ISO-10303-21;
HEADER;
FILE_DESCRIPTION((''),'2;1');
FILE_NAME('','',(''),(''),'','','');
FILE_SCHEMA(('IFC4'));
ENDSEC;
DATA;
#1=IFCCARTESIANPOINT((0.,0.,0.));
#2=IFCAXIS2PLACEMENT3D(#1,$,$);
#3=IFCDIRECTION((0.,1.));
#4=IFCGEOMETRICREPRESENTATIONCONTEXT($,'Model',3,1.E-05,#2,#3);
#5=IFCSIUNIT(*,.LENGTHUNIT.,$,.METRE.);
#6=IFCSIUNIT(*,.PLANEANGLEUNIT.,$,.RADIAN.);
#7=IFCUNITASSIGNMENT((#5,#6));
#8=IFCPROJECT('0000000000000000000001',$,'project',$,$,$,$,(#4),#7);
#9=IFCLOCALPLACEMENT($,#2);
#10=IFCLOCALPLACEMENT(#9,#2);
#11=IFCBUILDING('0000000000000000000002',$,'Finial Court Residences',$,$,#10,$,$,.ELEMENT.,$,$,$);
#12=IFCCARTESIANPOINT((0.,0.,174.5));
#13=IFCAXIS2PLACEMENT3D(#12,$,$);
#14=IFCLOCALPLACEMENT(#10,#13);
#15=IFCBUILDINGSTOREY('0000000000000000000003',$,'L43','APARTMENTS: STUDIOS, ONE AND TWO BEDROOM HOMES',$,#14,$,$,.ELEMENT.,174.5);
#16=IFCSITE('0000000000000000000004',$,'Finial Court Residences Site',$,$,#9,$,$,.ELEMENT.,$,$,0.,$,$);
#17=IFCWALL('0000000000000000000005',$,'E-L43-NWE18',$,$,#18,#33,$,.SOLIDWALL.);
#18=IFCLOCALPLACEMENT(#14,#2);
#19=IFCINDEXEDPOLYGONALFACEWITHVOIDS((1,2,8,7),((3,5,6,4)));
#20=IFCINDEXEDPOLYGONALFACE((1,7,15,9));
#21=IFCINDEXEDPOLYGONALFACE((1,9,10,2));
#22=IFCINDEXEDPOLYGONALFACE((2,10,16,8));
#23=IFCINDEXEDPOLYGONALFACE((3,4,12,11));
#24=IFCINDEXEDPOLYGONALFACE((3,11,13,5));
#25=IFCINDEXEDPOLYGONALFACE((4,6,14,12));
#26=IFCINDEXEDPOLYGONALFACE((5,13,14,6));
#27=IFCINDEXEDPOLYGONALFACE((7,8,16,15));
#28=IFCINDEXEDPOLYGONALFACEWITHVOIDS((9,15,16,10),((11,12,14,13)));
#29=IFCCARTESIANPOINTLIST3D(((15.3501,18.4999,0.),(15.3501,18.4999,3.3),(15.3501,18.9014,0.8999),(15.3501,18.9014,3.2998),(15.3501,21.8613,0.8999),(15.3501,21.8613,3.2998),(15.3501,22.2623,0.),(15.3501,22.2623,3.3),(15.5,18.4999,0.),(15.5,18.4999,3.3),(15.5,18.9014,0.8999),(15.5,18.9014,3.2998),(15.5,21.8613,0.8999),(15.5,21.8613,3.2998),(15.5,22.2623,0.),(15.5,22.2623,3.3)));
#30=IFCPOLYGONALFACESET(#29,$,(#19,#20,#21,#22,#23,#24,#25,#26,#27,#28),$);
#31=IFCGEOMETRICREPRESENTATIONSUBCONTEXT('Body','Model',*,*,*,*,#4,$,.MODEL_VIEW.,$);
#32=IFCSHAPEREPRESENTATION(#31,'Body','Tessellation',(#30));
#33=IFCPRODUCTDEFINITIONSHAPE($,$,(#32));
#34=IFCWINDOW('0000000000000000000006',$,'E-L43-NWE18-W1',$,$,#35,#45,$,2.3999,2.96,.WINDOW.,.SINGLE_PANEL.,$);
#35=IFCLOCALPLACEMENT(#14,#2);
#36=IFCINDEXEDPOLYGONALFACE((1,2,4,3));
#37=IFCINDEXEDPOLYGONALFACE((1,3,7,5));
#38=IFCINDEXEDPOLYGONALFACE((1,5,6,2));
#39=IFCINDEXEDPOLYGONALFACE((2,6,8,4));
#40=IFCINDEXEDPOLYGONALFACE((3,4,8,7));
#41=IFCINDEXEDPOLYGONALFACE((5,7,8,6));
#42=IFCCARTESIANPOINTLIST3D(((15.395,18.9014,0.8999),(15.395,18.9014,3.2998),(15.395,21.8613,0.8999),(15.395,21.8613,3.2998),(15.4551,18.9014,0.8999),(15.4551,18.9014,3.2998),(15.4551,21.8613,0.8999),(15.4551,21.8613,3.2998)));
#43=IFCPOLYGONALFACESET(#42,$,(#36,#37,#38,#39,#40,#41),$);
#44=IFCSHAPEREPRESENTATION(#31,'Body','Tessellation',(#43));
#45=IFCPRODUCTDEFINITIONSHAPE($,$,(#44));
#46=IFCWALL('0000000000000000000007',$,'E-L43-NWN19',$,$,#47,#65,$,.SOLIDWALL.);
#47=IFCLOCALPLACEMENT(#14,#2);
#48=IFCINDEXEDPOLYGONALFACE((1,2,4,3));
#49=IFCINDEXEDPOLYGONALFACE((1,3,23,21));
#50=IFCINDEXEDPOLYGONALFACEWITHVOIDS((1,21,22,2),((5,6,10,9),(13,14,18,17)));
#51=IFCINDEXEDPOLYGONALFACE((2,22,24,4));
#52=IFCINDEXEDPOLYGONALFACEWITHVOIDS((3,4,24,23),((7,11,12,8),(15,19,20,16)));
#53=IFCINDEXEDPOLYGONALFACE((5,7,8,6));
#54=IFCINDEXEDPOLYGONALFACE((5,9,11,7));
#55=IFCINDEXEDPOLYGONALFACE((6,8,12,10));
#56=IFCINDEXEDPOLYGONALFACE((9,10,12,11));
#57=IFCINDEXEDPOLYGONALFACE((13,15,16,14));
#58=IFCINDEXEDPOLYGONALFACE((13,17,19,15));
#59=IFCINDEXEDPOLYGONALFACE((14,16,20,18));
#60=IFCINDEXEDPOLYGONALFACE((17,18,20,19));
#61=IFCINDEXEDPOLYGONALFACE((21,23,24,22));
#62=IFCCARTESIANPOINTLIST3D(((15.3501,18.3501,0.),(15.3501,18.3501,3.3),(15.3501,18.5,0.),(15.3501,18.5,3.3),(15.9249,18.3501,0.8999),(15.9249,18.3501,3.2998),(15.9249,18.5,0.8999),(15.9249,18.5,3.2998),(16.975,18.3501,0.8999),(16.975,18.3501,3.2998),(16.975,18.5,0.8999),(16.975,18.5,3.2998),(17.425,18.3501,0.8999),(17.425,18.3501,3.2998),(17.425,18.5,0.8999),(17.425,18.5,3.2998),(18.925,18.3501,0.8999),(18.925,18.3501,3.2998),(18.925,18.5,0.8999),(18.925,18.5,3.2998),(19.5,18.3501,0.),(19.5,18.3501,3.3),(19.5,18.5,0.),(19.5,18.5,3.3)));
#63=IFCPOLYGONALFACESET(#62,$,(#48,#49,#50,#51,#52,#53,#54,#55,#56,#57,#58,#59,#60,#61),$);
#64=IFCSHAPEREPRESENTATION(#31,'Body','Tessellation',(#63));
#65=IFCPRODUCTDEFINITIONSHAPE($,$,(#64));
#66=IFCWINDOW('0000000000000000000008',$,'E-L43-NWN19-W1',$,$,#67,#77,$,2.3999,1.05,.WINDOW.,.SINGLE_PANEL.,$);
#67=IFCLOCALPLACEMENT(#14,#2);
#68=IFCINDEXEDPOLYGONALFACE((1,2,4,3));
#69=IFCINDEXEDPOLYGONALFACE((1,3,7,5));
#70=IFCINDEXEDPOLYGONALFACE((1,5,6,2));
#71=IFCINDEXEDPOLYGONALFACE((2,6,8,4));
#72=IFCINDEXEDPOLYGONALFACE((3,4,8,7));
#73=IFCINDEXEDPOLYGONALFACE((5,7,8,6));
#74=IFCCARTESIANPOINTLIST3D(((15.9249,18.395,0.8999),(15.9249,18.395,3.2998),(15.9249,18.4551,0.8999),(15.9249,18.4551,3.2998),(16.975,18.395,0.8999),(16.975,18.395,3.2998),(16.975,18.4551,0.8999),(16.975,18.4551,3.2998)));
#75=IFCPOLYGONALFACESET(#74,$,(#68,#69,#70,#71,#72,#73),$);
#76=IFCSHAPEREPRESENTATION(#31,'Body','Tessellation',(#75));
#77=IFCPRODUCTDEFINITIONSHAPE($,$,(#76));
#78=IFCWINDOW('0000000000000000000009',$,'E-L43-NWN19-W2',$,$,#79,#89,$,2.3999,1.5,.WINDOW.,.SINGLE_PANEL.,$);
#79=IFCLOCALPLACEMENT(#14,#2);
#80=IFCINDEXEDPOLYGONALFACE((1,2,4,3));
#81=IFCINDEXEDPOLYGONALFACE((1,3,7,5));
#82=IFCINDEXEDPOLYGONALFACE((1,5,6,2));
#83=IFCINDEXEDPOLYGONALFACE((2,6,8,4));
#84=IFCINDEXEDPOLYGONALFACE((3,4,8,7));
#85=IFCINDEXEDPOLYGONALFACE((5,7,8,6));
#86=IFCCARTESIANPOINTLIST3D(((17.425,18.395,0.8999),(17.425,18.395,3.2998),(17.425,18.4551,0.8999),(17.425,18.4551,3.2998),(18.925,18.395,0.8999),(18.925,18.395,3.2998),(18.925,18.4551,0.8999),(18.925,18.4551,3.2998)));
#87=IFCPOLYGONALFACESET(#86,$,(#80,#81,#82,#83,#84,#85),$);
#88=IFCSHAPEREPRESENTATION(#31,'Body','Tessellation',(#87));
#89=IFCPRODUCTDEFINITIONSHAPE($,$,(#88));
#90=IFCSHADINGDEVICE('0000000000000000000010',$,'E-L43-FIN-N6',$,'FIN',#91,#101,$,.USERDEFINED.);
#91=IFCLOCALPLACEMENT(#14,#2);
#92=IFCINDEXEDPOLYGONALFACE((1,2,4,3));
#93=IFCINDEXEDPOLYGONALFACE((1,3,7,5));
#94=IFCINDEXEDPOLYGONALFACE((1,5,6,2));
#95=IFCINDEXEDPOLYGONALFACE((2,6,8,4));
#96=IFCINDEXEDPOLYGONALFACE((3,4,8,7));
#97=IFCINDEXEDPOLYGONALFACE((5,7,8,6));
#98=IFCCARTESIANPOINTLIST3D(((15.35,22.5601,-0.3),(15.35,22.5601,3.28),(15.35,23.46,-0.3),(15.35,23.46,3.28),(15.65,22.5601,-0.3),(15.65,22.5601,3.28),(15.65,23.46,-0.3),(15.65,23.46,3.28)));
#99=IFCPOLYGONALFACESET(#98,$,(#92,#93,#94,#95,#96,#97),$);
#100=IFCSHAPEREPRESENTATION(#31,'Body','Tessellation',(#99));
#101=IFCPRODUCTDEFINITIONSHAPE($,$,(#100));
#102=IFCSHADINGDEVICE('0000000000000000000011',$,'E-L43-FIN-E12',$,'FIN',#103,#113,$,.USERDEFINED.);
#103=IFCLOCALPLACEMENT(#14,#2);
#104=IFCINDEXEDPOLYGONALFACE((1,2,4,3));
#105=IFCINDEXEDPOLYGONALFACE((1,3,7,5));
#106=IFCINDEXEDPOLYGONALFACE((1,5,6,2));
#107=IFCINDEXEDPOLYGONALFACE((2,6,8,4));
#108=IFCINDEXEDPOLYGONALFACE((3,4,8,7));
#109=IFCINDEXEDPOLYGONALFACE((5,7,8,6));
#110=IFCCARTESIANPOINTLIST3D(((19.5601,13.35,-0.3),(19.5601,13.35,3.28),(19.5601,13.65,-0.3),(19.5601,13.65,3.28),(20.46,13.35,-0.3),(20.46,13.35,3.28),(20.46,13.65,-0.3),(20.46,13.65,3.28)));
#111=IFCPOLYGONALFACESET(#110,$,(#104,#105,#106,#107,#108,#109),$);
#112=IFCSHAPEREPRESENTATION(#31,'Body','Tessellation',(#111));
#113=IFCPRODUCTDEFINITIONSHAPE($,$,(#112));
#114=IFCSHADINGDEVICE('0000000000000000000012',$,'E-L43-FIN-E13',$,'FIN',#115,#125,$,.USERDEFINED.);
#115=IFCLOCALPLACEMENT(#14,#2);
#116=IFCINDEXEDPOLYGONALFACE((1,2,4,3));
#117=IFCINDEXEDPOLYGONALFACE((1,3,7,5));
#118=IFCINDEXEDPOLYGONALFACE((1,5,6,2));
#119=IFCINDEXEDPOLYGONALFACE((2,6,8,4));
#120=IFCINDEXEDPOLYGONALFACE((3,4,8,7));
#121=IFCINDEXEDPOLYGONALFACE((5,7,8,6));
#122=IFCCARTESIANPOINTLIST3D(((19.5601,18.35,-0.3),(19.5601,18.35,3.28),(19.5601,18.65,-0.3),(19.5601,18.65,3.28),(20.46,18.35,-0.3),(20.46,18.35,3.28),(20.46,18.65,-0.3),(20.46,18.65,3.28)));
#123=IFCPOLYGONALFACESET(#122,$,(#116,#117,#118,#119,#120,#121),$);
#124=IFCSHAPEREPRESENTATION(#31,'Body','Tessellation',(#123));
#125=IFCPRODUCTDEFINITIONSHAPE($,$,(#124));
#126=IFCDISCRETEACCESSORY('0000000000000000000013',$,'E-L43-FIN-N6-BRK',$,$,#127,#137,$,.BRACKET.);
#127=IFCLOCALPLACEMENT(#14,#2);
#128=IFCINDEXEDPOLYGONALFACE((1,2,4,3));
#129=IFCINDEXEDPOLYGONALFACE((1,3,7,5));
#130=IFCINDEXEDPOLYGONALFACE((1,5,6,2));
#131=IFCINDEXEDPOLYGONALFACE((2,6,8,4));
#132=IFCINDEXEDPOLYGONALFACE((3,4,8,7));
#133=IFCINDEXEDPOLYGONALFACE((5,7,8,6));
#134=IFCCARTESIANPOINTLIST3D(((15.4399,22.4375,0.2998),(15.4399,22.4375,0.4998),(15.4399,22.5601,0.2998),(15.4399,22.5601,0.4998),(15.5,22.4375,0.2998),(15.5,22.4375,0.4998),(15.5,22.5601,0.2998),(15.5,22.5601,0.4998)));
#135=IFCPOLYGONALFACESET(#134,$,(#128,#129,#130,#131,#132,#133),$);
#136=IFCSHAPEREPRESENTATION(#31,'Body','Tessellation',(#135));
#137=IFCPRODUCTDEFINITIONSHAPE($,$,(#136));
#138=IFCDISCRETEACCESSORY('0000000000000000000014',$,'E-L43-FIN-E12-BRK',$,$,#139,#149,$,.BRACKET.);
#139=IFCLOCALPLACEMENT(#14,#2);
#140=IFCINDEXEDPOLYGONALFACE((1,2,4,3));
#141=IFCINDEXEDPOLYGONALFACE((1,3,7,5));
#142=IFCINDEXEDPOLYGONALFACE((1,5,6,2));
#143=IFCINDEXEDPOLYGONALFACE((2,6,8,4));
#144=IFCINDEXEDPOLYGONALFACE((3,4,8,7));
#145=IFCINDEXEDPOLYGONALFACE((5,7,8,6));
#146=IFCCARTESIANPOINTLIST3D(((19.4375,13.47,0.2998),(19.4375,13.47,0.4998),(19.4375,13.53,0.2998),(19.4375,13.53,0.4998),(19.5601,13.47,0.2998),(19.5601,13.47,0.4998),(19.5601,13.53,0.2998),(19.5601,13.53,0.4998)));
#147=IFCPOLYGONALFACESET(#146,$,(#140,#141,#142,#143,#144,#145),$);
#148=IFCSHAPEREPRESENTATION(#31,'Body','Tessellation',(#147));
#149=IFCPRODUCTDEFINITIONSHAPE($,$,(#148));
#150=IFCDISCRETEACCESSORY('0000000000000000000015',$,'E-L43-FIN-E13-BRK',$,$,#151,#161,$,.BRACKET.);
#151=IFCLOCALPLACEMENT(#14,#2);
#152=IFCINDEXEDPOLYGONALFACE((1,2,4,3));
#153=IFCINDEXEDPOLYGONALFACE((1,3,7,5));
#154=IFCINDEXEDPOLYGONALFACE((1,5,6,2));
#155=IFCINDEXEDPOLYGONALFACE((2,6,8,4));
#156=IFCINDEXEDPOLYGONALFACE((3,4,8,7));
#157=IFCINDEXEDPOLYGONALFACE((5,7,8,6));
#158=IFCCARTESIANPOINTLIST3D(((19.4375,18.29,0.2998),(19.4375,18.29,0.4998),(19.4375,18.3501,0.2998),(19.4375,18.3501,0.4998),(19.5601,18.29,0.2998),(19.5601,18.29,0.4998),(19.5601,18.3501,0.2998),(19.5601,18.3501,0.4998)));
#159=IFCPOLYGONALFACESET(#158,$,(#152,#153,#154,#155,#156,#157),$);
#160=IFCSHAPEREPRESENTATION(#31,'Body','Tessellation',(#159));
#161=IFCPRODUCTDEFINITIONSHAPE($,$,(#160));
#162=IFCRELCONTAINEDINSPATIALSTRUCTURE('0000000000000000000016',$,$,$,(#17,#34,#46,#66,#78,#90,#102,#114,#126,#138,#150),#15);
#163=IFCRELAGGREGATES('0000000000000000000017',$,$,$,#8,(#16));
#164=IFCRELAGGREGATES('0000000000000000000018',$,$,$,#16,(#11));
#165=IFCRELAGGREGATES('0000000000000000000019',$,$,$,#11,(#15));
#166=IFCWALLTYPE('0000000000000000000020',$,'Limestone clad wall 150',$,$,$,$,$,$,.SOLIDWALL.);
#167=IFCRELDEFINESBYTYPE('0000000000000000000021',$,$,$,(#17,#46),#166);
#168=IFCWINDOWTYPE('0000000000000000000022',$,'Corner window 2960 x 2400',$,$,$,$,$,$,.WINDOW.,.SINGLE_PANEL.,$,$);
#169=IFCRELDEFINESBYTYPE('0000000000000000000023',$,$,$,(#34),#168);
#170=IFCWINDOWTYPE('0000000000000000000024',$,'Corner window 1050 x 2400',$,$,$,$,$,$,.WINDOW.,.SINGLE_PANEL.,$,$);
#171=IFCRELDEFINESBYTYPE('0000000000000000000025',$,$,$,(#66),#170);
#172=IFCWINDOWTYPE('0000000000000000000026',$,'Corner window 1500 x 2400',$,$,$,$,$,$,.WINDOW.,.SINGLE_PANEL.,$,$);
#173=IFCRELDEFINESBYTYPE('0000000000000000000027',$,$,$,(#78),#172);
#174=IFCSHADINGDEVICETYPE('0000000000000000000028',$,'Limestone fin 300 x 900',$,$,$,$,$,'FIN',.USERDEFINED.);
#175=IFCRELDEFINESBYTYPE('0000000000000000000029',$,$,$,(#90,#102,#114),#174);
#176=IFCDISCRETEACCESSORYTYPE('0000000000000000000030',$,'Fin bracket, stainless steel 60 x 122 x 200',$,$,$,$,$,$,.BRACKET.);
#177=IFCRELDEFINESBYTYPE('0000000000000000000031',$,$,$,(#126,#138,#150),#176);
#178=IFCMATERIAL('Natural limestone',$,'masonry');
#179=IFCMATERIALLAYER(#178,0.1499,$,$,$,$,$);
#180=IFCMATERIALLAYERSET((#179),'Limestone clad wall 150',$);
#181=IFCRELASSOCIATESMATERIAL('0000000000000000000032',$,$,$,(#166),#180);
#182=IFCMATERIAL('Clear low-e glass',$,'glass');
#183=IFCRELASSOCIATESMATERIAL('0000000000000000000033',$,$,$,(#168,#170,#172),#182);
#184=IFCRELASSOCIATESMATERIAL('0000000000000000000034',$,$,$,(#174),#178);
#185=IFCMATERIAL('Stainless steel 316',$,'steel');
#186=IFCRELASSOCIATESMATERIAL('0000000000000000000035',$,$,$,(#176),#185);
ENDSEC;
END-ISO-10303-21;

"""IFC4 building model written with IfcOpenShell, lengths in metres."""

from ifc_helpers import new_model, si_unit, direction, frame, frame_2d, origin, origin_2d, place, context, subcontext, project, spatial, rectangle, extrude, material, layer, layer_set, type_object, element, fill, save


model = new_model("IFC4")

# Units and contexts
model_context = context("Model", 3, precision=1e-05, world=origin(), true_north=direction((0.0, 1.0)))
body_context = subcontext(model_context, "Body", "Model", "MODEL_VIEW")
ifc_project = project(units=[si_unit("LENGTHUNIT", "METRE"), si_unit("PLANEANGLEUNIT", "RADIAN")], contexts=[model_context])

# Site, building, storey
site_placement = place(None, origin())
site = spatial("IfcSite", under=ifc_project, at=site_placement, Name="Finial Court Residences Site", CompositionType="ELEMENT", RefElevation=0.0)
building_placement = place(site_placement, origin())
building = spatial("IfcBuilding", under=site, at=building_placement, Name="Finial Court Residences", CompositionType="ELEMENT")
storey_placement = place(building_placement, frame((0.0, 0.0, 174.5)))
storey = spatial("IfcBuildingStorey", under=building, at=storey_placement, Name="L43", Description="APARTMENTS: STUDIOS, ONE AND TWO BEDROOM HOMES", CompositionType="ELEMENT", Elevation=174.5)

# Shared definitions
ifc_material_1 = material(Name="Clear low-e glass", Category="glass")

# Wall, opening, window
ifc_material_2 = material(Name="Natural limestone", Category="masonry")
ifc_layer_1 = layer(ifc_material_2, 0.1499)
ifc_layer_set_1 = layer_set([ifc_layer_1], Name="Limestone clad wall 150")
wall_type_1 = type_object("IfcWallType", Name="Limestone clad wall 150", PredefinedType="SOLIDWALL", material=ifc_layer_set_1)
wall_1_placement = place(storey_placement, frame((15.425, 22.2625, 0.0), z_axis=(0.0, 0.0, 1.0), x_axis=(0.0, -1.0, 0.0)))
wall_1 = element("IfcWall", 1, at=wall_1_placement, inside=storey, type_object=wall_type_1, Name="E-L43-NWE18", PredefinedType="SOLIDWALL", context=body_context, shape_type="SweptSolid", body=[
    extrude(rectangle(XDim=3.7625, YDim=0.1499, at=frame_2d((1.8813, 0.0))), origin(), (0.0, 0.0, 1.0), 3.3),
])
opening_1_placement = place(wall_1_placement, frame((0.4011, 0.0, 0.8999)))
opening_1 = element("IfcOpeningElement", 2, at=opening_1_placement, cuts=wall_1, PredefinedType="OPENING", context=body_context, shape_type="SweptSolid", body=[
    extrude(rectangle(XDim=2.96, YDim=2.3999, at=frame_2d((1.48, 1.2))), frame((0.0, 0.085, 0.0), z_axis=(0.0, -1.0, 0.0), x_axis=(1.0, 0.0, 0.0)), (0.0, 0.0, 1.0), 0.1699),
])
window_type_1 = type_object("IfcWindowType", Name="Corner window 2960 x 2400", PartitioningType="SINGLE_PANEL", PredefinedType="WINDOW", material=ifc_material_1)
window_1_placement = place(opening_1_placement, origin())
window_1 = element("IfcWindow", 3, at=window_1_placement, inside=storey, type_object=window_type_1, Name="E-L43-NWE18-W1", OverallHeight=2.3999, OverallWidth=2.96, PartitioningType="SINGLE_PANEL", PredefinedType="WINDOW", context=body_context, shape_type="SweptSolid", body=[
    extrude(rectangle(XDim=2.96, YDim=2.3999, at=frame_2d((1.48, 1.2))), frame((0.0, 0.03, 0.0), z_axis=(0.0, -1.0, 0.0), x_axis=(1.0, 0.0, 0.0)), (0.0, 0.0, 1.0), 0.0601),
])
fill(opening_1, window_1)

# Wall, openings, windows
wall_2_placement = place(storey_placement, frame((15.3501, 18.425, 0.0), z_axis=(0.0, 0.0, 1.0), x_axis=(1.0, 0.0, 0.0)))
wall_2 = element("IfcWall", 4, at=wall_2_placement, inside=storey, type_object=wall_type_1, Name="E-L43-NWN19", PredefinedType="SOLIDWALL", context=body_context, shape_type="SweptSolid", body=[
    extrude(rectangle(XDim=4.1499, YDim=0.1499, at=frame_2d((2.075, 0.0))), origin(), (0.0, 0.0, 1.0), 3.3),
])
opening_2_placement = place(wall_2_placement, frame((0.575, 0.0, 0.8999)))
opening_2 = element("IfcOpeningElement", 5, at=opening_2_placement, cuts=wall_2, PredefinedType="OPENING", context=body_context, shape_type="SweptSolid", body=[
    extrude(rectangle(XDim=1.05, YDim=2.3999, at=frame_2d((0.5249, 1.2))), frame((0.0, 0.085, 0.0), z_axis=(0.0, -1.0, 0.0), x_axis=(1.0, 0.0, 0.0)), (0.0, 0.0, 1.0), 0.1699),
])
opening_3_placement = place(wall_2_placement, frame((2.075, 0.0, 0.8999)))
opening_3 = element("IfcOpeningElement", 6, at=opening_3_placement, cuts=wall_2, PredefinedType="OPENING", context=body_context, shape_type="SweptSolid", body=[
    extrude(rectangle(XDim=1.5, YDim=2.3999, at=frame_2d((0.75, 1.2))), frame((0.0, 0.085, 0.0), z_axis=(0.0, -1.0, 0.0), x_axis=(1.0, 0.0, 0.0)), (0.0, 0.0, 1.0), 0.1699),
])
window_type_2 = type_object("IfcWindowType", Name="Corner window 1050 x 2400", PartitioningType="SINGLE_PANEL", PredefinedType="WINDOW", material=ifc_material_1)
window_2_placement = place(opening_2_placement, origin())
window_2 = element("IfcWindow", 7, at=window_2_placement, inside=storey, type_object=window_type_2, Name="E-L43-NWN19-W1", OverallHeight=2.3999, OverallWidth=1.05, PartitioningType="SINGLE_PANEL", PredefinedType="WINDOW", context=body_context, shape_type="SweptSolid", body=[
    extrude(rectangle(XDim=1.05, YDim=2.3999, at=frame_2d((0.5249, 1.2))), frame((0.0, 0.03, 0.0), z_axis=(0.0, -1.0, 0.0), x_axis=(1.0, 0.0, 0.0)), (0.0, 0.0, 1.0), 0.0601),
])
fill(opening_2, window_2)
window_type_3 = type_object("IfcWindowType", Name="Corner window 1500 x 2400", PartitioningType="SINGLE_PANEL", PredefinedType="WINDOW", material=ifc_material_1)
window_3_placement = place(opening_3_placement, origin())
window_3 = element("IfcWindow", 8, at=window_3_placement, inside=storey, type_object=window_type_3, Name="E-L43-NWN19-W2", OverallHeight=2.3999, OverallWidth=1.5, PartitioningType="SINGLE_PANEL", PredefinedType="WINDOW", context=body_context, shape_type="SweptSolid", body=[
    extrude(rectangle(XDim=1.5, YDim=2.3999, at=frame_2d((0.75, 1.2))), frame((0.0, 0.03, 0.0), z_axis=(0.0, -1.0, 0.0), x_axis=(1.0, 0.0, 0.0)), (0.0, 0.0, 1.0), 0.0601),
])
fill(opening_3, window_3)

# Shading devices
shading_device_type = type_object("IfcShadingDeviceType", Name="Limestone fin 300 x 900", ElementType="FIN", PredefinedType="USERDEFINED", material=ifc_material_2)
shading_device_placement = place(storey_placement, frame((15.5, 23.01, -0.3), z_axis=(0.0, 0.0, 1.0), x_axis=(1.0, 0.0, 0.0)))
element("IfcShadingDevice", 9, at=shading_device_placement, inside=storey, type_object=shading_device_type, Name="E-L43-FIN-N6", ObjectType="FIN", PredefinedType="USERDEFINED", context=body_context, shape_type="SweptSolid", body=[
    extrude(rectangle(XDim=0.3, YDim=0.8999, at=origin_2d()), origin(), (0.0, 0.0, 1.0), 3.5801),
])
for number, where, z_axis, x_axis, name in (
    (10, (20.01, 13.5, -0.3), (0.0, 0.0, 1.0), (1.0, 0.0, 0.0), "E-L43-FIN-E12"),
    (11, (20.01, 18.5, -0.3), (0.0, 0.0, 1.0), (1.0, 0.0, 0.0), "E-L43-FIN-E13"),
):
    element("IfcShadingDevice", number, at=place(storey_placement, frame(where, z_axis=z_axis, x_axis=x_axis)), inside=storey, type_object=shading_device_type, Name=name, ObjectType="FIN", PredefinedType="USERDEFINED", context=body_context, shape_type="SweptSolid", body=[
        extrude(rectangle(XDim=0.8999, YDim=0.3, at=origin_2d()), origin(), (0.0, 0.0, 1.0), 3.5801),
    ])

# Discrete accessories
ifc_material_3 = material(Name="Stainless steel 316", Category="steel")
discrete_accessory_type = type_object("IfcDiscreteAccessoryType", Name="Fin bracket, stainless steel 60 x 122 x 200", PredefinedType="BRACKET", material=ifc_material_3)
discrete_accessory_placement = place(storey_placement, frame((15.47, 22.4988, 0.2998), z_axis=(0.0, 0.0, 1.0), x_axis=(1.0, 0.0, 0.0)))
element("IfcDiscreteAccessory", 12, at=discrete_accessory_placement, inside=storey, type_object=discrete_accessory_type, Name="E-L43-FIN-N6-BRK", PredefinedType="BRACKET", context=body_context, shape_type="SweptSolid", body=[
    extrude(rectangle(XDim=0.0601, YDim=0.1226, at=origin_2d()), origin(), (0.0, 0.0, 1.0), 0.2),
])
for number, where, z_axis, x_axis, name in (
    (13, (19.4988, 13.5, 0.2998), (0.0, 0.0, 1.0), (1.0, 0.0, 0.0), "E-L43-FIN-E12-BRK"),
    (14, (19.4988, 18.3201, 0.2998), (0.0, 0.0, 1.0), (1.0, 0.0, 0.0), "E-L43-FIN-E13-BRK"),
):
    element("IfcDiscreteAccessory", number, at=place(storey_placement, frame(where, z_axis=z_axis, x_axis=x_axis)), inside=storey, type_object=discrete_accessory_type, Name=name, PredefinedType="BRACKET", context=body_context, shape_type="SweptSolid", body=[
        extrude(rectangle(XDim=0.1226, YDim=0.0601, at=origin_2d()), origin(), (0.0, 0.0, 1.0), 0.2),
    ])

save(model, "model.ifc")
